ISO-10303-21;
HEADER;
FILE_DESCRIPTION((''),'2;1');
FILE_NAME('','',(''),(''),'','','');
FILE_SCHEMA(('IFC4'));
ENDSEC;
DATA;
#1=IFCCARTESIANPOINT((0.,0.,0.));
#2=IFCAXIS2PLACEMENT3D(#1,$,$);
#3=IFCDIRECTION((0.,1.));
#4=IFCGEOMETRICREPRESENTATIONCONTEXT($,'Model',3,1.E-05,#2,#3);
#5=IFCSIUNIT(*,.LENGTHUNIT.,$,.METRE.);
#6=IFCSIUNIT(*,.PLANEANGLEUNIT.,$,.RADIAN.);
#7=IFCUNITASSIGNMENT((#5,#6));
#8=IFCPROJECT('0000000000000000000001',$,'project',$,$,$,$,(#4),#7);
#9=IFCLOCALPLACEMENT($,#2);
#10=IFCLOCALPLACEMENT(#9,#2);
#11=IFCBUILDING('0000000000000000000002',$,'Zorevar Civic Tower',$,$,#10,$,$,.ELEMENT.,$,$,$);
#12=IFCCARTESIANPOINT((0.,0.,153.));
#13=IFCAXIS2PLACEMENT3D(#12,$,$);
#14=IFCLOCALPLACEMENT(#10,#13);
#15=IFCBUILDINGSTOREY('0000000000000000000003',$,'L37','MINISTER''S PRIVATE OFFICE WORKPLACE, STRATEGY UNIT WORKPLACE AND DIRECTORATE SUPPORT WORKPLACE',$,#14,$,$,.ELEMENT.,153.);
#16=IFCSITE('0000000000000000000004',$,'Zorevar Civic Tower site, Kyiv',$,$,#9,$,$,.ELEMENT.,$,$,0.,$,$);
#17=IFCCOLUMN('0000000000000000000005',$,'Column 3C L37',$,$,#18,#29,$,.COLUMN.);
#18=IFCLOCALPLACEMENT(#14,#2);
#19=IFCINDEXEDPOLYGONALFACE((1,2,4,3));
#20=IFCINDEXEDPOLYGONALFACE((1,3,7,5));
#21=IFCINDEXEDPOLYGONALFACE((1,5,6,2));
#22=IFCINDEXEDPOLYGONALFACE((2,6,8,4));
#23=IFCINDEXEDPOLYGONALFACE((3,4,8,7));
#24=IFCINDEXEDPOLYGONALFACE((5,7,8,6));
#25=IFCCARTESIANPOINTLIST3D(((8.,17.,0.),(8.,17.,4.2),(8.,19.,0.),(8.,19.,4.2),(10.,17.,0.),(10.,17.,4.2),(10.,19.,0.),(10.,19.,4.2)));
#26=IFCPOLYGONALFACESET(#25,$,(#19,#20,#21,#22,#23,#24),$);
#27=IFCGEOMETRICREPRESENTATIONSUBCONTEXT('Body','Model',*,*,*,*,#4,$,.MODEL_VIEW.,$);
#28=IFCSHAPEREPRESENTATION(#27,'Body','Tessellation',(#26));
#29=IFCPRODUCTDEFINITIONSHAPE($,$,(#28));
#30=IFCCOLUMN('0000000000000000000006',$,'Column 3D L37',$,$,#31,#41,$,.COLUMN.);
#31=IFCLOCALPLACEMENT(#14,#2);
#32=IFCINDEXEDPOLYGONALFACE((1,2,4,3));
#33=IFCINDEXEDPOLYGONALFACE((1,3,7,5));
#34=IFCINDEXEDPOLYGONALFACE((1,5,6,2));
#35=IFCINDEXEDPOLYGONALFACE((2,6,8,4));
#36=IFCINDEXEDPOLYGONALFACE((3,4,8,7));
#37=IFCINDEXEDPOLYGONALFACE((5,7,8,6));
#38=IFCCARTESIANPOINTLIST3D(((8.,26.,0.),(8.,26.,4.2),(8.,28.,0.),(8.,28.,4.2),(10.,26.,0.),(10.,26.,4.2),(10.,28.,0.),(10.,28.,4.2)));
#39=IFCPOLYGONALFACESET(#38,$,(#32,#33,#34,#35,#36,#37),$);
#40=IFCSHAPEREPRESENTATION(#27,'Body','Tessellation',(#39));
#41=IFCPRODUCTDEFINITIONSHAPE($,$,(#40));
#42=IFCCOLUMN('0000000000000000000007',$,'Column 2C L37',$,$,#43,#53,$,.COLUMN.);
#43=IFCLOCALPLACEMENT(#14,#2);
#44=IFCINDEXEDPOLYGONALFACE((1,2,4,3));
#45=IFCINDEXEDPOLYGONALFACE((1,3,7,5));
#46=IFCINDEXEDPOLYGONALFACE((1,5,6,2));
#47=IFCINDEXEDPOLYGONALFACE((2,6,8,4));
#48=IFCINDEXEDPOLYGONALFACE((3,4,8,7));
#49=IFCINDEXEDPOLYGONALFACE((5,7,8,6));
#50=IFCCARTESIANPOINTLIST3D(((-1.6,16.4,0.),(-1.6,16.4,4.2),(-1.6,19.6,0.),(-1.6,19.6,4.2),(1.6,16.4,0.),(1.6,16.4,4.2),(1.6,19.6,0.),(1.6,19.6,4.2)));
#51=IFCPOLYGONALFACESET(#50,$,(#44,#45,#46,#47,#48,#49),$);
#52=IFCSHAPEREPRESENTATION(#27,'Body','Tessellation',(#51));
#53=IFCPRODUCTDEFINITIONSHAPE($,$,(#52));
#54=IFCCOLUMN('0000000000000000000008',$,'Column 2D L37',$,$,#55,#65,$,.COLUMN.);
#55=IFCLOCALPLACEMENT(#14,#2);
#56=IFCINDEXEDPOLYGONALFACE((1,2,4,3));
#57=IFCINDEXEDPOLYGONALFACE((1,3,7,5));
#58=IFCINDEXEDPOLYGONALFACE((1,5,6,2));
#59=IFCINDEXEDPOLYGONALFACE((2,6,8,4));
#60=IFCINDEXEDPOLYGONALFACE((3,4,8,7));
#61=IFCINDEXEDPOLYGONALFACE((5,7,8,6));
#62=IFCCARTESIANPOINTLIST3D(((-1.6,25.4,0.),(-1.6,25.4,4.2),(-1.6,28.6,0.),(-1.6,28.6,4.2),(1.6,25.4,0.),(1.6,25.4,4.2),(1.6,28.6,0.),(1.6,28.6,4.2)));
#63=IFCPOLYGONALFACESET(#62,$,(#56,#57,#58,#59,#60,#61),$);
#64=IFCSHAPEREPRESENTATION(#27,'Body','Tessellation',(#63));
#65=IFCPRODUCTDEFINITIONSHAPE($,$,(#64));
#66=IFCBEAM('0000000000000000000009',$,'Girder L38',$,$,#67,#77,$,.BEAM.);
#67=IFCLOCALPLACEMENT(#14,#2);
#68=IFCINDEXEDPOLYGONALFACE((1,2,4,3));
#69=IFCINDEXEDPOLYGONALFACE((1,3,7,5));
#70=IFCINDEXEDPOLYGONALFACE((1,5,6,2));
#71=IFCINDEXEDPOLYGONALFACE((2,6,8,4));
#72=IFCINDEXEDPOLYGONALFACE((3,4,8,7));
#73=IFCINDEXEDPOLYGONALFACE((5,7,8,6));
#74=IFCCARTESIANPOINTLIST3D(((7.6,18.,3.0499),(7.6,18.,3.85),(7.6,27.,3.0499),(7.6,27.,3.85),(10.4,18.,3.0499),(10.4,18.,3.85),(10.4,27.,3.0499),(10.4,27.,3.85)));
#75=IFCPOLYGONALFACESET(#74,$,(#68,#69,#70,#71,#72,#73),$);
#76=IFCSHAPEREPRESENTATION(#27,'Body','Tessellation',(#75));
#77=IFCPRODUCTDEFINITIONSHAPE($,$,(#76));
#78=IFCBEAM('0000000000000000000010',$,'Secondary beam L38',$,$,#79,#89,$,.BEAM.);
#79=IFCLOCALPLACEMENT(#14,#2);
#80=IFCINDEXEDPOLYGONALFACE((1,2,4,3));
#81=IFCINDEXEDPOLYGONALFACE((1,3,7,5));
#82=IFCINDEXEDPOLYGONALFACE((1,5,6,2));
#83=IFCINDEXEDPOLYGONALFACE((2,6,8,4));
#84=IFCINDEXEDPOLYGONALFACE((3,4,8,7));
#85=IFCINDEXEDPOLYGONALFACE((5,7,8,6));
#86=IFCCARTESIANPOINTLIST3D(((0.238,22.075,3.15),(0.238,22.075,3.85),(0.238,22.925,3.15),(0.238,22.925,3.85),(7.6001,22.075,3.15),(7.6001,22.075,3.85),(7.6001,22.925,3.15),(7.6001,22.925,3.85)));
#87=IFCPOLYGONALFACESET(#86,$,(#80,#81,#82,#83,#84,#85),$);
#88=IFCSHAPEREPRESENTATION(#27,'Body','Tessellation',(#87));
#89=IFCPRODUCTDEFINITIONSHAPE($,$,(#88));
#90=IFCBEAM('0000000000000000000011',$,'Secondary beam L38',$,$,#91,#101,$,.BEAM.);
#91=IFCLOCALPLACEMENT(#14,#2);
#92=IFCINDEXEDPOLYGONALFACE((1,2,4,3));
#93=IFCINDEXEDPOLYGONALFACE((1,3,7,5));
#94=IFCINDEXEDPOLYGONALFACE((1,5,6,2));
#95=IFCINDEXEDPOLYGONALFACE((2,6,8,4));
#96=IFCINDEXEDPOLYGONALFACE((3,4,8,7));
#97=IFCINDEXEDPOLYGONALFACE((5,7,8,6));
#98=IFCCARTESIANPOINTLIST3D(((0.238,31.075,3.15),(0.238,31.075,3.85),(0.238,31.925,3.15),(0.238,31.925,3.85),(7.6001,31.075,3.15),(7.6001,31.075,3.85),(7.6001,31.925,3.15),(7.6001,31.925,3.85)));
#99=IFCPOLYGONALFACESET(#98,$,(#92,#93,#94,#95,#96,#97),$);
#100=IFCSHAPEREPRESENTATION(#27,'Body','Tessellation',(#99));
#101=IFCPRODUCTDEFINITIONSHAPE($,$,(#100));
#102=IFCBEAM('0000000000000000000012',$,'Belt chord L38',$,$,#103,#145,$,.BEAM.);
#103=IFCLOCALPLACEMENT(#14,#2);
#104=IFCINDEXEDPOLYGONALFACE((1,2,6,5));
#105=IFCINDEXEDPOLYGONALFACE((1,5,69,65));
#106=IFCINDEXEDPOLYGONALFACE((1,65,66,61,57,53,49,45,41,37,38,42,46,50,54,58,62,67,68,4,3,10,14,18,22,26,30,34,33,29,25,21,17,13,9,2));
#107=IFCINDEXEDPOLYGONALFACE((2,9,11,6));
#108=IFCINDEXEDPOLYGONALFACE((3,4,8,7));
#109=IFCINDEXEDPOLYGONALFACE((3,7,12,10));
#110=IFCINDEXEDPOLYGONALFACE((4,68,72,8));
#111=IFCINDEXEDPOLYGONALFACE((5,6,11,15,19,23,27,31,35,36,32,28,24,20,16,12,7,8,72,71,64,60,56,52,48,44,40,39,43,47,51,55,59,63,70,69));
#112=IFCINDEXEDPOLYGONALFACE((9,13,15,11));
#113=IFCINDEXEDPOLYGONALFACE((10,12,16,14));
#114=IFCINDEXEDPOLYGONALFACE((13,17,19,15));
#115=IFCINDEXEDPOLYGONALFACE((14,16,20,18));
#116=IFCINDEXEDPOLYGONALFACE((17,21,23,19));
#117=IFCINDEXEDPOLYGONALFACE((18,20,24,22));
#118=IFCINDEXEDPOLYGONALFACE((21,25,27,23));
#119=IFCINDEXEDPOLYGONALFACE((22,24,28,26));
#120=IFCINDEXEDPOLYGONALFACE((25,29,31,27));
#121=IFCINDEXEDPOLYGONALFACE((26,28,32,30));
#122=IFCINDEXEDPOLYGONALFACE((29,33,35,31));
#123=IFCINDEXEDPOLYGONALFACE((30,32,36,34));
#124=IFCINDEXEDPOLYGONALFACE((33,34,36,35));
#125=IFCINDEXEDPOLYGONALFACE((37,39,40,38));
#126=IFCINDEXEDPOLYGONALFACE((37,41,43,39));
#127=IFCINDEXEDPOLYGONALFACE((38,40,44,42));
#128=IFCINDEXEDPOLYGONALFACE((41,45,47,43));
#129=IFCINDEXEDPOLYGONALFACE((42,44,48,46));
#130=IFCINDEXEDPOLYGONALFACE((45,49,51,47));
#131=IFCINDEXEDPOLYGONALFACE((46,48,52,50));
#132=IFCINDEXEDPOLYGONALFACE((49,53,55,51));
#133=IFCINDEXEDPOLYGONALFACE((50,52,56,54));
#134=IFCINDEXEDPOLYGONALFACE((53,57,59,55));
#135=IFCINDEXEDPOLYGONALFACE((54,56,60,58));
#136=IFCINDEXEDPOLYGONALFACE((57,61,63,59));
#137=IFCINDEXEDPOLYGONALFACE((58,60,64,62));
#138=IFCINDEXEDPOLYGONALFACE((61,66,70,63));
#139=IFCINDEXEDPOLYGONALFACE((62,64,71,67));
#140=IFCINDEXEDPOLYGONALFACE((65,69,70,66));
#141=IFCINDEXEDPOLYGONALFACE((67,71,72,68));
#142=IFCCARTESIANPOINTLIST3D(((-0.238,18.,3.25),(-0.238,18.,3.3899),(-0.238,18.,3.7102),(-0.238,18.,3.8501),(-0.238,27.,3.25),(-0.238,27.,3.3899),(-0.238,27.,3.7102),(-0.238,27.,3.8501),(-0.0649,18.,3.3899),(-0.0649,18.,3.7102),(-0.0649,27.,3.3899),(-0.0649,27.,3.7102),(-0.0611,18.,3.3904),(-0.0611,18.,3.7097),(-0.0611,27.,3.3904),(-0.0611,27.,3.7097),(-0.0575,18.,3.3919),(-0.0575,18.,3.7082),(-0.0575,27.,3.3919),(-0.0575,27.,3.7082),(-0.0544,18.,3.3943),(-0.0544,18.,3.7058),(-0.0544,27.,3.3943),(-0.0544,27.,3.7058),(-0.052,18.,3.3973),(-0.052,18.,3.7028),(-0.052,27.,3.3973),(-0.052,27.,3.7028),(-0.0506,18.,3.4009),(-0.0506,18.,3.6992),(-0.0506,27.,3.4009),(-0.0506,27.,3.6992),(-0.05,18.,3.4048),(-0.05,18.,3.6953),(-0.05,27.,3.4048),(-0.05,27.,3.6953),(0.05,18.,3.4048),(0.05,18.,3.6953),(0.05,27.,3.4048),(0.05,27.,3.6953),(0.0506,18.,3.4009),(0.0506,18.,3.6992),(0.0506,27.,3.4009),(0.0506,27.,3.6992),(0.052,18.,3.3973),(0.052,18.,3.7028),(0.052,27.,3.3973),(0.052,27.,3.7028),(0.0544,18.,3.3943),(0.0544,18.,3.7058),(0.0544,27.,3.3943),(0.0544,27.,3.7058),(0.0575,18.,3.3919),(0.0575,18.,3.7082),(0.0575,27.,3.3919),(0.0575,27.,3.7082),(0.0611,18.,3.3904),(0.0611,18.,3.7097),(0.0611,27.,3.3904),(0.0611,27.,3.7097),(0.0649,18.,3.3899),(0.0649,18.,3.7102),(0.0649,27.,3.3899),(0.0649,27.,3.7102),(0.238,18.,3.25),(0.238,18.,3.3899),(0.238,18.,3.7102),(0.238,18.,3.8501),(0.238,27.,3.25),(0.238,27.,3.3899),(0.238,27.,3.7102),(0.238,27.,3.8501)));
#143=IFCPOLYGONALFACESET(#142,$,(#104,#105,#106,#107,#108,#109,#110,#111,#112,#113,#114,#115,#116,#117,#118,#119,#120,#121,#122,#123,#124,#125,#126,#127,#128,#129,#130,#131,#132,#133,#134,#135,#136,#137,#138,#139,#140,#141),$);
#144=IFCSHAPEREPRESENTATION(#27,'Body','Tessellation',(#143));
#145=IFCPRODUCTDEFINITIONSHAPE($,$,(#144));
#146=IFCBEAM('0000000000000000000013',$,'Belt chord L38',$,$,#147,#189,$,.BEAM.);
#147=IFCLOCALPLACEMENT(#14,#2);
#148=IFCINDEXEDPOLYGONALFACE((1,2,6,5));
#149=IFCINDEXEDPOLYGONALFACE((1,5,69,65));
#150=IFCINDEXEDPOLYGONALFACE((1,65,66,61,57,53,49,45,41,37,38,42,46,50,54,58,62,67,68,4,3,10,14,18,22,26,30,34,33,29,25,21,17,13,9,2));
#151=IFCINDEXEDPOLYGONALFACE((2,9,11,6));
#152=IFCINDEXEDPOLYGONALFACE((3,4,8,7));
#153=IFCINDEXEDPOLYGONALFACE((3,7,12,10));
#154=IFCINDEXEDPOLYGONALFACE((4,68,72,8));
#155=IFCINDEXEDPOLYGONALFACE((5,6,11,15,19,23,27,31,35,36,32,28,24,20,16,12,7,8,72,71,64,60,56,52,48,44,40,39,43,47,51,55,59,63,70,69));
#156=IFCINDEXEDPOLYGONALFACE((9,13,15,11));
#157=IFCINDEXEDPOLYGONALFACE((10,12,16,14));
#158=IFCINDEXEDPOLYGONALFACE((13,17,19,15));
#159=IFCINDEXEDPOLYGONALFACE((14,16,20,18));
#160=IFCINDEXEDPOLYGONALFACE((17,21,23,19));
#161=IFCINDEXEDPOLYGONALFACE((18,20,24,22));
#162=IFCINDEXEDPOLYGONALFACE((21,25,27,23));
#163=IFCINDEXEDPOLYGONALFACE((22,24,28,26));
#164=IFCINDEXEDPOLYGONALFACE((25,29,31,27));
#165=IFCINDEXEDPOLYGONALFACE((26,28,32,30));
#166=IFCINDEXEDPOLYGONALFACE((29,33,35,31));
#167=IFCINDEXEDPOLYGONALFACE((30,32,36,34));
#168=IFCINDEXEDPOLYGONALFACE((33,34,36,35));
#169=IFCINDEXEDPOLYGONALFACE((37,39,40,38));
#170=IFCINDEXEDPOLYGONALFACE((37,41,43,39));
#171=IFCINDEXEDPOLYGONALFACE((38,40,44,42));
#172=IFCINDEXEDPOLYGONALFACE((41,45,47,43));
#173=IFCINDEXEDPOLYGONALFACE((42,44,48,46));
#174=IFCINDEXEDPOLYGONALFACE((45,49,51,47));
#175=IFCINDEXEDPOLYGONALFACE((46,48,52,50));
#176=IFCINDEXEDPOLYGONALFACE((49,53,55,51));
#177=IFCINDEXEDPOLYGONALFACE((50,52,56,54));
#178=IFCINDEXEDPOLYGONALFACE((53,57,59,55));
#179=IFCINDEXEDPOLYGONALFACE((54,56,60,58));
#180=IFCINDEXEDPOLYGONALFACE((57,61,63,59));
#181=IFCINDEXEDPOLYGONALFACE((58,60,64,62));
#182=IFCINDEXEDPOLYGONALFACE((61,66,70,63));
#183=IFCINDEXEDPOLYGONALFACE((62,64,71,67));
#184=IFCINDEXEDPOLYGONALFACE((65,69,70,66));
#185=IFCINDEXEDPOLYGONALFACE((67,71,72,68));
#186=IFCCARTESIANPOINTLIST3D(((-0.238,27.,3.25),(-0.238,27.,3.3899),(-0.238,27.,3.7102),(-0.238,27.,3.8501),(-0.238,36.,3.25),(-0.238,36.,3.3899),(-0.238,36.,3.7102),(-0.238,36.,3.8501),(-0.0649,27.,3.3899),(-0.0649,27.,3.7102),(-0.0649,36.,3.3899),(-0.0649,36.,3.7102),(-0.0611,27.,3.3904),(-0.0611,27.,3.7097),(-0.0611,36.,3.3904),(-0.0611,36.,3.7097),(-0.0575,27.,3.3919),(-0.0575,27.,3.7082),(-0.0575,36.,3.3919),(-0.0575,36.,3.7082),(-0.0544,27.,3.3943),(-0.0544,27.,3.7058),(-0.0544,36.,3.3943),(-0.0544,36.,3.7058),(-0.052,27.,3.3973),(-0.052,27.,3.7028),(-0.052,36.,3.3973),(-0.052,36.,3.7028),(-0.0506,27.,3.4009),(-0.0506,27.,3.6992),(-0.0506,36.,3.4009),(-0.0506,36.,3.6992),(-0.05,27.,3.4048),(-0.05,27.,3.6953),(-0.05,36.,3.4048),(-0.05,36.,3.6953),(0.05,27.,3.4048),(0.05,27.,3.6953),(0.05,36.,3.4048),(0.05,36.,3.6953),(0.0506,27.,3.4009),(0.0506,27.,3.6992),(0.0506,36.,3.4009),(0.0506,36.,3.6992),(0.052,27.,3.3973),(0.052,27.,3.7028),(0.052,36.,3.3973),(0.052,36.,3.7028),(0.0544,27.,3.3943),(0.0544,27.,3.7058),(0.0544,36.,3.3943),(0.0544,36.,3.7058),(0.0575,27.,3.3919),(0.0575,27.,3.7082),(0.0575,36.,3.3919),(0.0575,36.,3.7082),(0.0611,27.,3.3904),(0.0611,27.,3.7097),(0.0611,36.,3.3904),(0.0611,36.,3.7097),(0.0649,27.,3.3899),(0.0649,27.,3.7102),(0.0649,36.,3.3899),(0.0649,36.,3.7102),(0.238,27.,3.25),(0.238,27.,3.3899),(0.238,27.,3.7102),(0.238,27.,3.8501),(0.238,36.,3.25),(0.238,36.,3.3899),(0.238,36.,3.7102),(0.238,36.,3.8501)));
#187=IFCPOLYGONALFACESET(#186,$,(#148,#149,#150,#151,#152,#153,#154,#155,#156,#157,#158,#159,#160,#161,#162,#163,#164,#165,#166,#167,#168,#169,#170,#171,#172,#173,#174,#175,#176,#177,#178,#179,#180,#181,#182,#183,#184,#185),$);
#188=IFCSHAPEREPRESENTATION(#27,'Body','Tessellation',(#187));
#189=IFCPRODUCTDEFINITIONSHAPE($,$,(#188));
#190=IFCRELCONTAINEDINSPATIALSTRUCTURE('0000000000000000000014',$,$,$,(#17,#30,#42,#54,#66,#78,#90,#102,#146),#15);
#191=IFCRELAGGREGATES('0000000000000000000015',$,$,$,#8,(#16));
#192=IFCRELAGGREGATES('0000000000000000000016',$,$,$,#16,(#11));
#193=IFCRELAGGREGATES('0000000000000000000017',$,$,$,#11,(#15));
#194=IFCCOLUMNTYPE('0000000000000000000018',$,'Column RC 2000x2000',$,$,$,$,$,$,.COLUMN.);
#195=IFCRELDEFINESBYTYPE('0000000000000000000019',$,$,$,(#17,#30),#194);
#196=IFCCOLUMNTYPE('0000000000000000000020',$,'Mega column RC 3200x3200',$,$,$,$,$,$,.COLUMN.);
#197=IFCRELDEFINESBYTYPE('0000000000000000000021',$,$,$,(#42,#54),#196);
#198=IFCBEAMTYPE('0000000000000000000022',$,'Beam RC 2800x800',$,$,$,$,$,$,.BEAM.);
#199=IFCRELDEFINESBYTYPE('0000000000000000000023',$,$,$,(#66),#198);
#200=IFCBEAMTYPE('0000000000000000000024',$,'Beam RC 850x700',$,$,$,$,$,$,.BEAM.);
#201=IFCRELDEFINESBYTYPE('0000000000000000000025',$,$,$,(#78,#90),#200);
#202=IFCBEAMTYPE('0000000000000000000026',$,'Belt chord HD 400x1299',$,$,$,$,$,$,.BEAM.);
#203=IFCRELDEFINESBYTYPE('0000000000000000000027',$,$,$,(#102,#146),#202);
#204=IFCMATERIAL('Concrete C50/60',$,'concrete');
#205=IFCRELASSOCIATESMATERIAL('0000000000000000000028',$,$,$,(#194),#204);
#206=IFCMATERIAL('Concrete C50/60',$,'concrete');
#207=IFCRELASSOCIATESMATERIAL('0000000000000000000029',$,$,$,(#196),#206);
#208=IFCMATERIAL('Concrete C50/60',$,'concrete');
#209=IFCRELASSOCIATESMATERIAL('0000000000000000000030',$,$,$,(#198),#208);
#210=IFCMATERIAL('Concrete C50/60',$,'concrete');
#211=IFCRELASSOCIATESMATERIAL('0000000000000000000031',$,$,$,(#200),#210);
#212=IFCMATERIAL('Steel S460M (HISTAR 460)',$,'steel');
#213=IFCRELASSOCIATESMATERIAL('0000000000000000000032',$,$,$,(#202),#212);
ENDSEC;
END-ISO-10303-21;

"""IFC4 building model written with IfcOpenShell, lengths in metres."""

from ifc_helpers import new_model, si_unit, direction, frame, origin, origin_2d, place, context, subcontext, project, spatial, rectangle, i_section, extrude, material, material_profile, profile_set, type_object, element, save


model = new_model("IFC4")

# Units and contexts
model_context = context("Model", 3, precision=1e-05, world=origin(), true_north=direction((0.0, 1.0)))
body_context = subcontext(model_context, "Body", "Model", "MODEL_VIEW")
ifc_project = project(units=[si_unit("LENGTHUNIT", "METRE"), si_unit("PLANEANGLEUNIT", "RADIAN")], contexts=[model_context])

# Site, building, storey
site_placement = place(None, origin())
site = spatial("IfcSite", under=ifc_project, at=site_placement, Name="Zorevar Civic Tower site, Kyiv", CompositionType="ELEMENT", RefElevation=0.0)
building_placement = place(site_placement, origin())
building = spatial("IfcBuilding", under=site, at=building_placement, Name="Zorevar Civic Tower", CompositionType="ELEMENT")
storey_placement = place(building_placement, frame((0.0, 0.0, 153.0)))
storey = spatial("IfcBuildingStorey", under=building, at=storey_placement, Name="L37", Description="MINISTER'S PRIVATE OFFICE WORKPLACE, STRATEGY UNIT WORKPLACE AND DIRECTORATE SUPPORT WORKPLACE", CompositionType="ELEMENT", Elevation=153.0)

# Columns
ifc_material_1 = material(Name="Concrete C50/60", Category="concrete")
ifc_material_profile_1 = material_profile(ifc_material_1, rectangle(XDim=2.0, YDim=2.0, at=origin_2d()), Name="RC 2000x2000")
ifc_profile_set_1 = profile_set([ifc_material_profile_1], Name="Concrete C50/60")
column_type_1 = type_object("IfcColumnType", Name="Column RC 2000x2000", PredefinedType="COLUMN", material=ifc_profile_set_1)
for number, where, z_axis, x_axis, name in (
    (1, (9.0, 18.0, 0.0), (0.0, 0.0, 1.0), (1.0, 0.0, 0.0), "Column 3C L37"),
    (2, (9.0, 27.0, 0.0), (0.0, 0.0, 1.0), (1.0, 0.0, 0.0), "Column 3D L37"),
):
    element("IfcColumn", number, at=place(storey_placement, frame(where, z_axis=z_axis, x_axis=x_axis)), inside=storey, type_object=column_type_1, Name=name, PredefinedType="COLUMN", context=body_context, shape_type="SweptSolid", body=[
        extrude(rectangle(XDim=2.0, YDim=2.0, at=origin_2d()), origin(), (0.0, 0.0, 1.0), 4.2),
    ])
ifc_material_2 = material(Name="Concrete C50/60", Category="concrete")
ifc_material_profile_2 = material_profile(ifc_material_2, rectangle(XDim=3.2, YDim=3.2, at=origin_2d()), Name="RC 3200x3200")
ifc_profile_set_2 = profile_set([ifc_material_profile_2], Name="Concrete C50/60")
column_type_2 = type_object("IfcColumnType", Name="Mega column RC 3200x3200", PredefinedType="COLUMN", material=ifc_profile_set_2)
for number, where, z_axis, x_axis, name in (
    (3, (0.0, 18.0, 0.0), (0.0, 0.0, 1.0), (1.0, 0.0, 0.0), "Column 2C L37"),
    (4, (0.0, 27.0, 0.0), (0.0, 0.0, 1.0), (1.0, 0.0, 0.0), "Column 2D L37"),
):
    element("IfcColumn", number, at=place(storey_placement, frame(where, z_axis=z_axis, x_axis=x_axis)), inside=storey, type_object=column_type_2, Name=name, PredefinedType="COLUMN", context=body_context, shape_type="SweptSolid", body=[
        extrude(rectangle(XDim=3.2, YDim=3.2, at=origin_2d()), origin(), (0.0, 0.0, 1.0), 4.2),
    ])

# Beams
ifc_material_3 = material(Name="Concrete C50/60", Category="concrete")
ifc_material_profile_3 = material_profile(ifc_material_3, rectangle(XDim=2.8, YDim=0.8, at=origin_2d()), Name="RC 2800x800")
ifc_profile_set_3 = profile_set([ifc_material_profile_3], Name="Concrete C50/60")
beam_type_1 = type_object("IfcBeamType", Name="Beam RC 2800x800", PredefinedType="BEAM", material=ifc_profile_set_3)
beam_1_placement = place(storey_placement, frame((9.0, 18.0, 3.45), z_axis=(0.0, 1.0, 0.0), x_axis=(-1.0, 0.0, 0.0)))
element("IfcBeam", 5, at=beam_1_placement, inside=storey, type_object=beam_type_1, Name="Girder L38", PredefinedType="BEAM", context=body_context, shape_type="SweptSolid", body=[
    extrude(rectangle(XDim=2.8, YDim=0.8, at=origin_2d()), origin(), (0.0, 0.0, 1.0), 9.0),
])
ifc_material_4 = material(Name="Concrete C50/60", Category="concrete")
ifc_material_profile_4 = material_profile(ifc_material_4, rectangle(XDim=0.8501, YDim=0.7, at=origin_2d()), Name="RC 850x700")
ifc_profile_set_4 = profile_set([ifc_material_profile_4], Name="Concrete C50/60")
beam_type_2 = type_object("IfcBeamType", Name="Beam RC 850x700", PredefinedType="BEAM", material=ifc_profile_set_4)
for number, where, z_axis, x_axis, name in (
    (6, (0.238, 22.5, 3.5), (1.0, 0.0, 0.0), (0.0, 1.0, 0.0), "Secondary beam L38"),
    (7, (0.238, 31.5, 3.5), (1.0, 0.0, 0.0), (0.0, 1.0, 0.0), "Secondary beam L38"),
):
    element("IfcBeam", number, at=place(storey_placement, frame(where, z_axis=z_axis, x_axis=x_axis)), inside=storey, type_object=beam_type_2, Name=name, PredefinedType="BEAM", context=body_context, shape_type="SweptSolid", body=[
        extrude(rectangle(XDim=0.8501, YDim=0.7, at=origin_2d()), origin(), (0.0, 0.0, 1.0), 7.3621),
    ])
ifc_material_5 = material(Name="Steel S460M (HISTAR 460)", Category="steel")
ifc_material_profile_5 = material_profile(ifc_material_5, i_section(OverallWidth=0.4761, OverallDepth=0.6001, WebThickness=0.1001, FlangeThickness=0.1399, FilletRadius=0.0149, at=origin_2d()), Name="HD 400x1299")
ifc_profile_set_5 = profile_set([ifc_material_profile_5], Name="Steel S460M (HISTAR 460)")
beam_type_3 = type_object("IfcBeamType", Name="Belt chord HD 400x1299", PredefinedType="BEAM", material=ifc_profile_set_5)
for number, where, z_axis, x_axis, name in (
    (8, (0.0, 18.0, 3.55), (0.0, 1.0, 0.0), (-1.0, 0.0, 0.0), "Belt chord L38"),
    (9, (0.0, 27.0, 3.55), (0.0, 1.0, 0.0), (-1.0, 0.0, 0.0), "Belt chord L38"),
):
    element("IfcBeam", number, at=place(storey_placement, frame(where, z_axis=z_axis, x_axis=x_axis)), inside=storey, type_object=beam_type_3, Name=name, PredefinedType="BEAM", context=body_context, shape_type="SweptSolid", body=[
        extrude(i_section(OverallWidth=0.4761, OverallDepth=0.6001, WebThickness=0.1001, FlangeThickness=0.1399, FilletRadius=0.0149, at=origin_2d()), origin(), (0.0, 0.0, 1.0), 9.0),
    ])

save(model, "model.ifc")
